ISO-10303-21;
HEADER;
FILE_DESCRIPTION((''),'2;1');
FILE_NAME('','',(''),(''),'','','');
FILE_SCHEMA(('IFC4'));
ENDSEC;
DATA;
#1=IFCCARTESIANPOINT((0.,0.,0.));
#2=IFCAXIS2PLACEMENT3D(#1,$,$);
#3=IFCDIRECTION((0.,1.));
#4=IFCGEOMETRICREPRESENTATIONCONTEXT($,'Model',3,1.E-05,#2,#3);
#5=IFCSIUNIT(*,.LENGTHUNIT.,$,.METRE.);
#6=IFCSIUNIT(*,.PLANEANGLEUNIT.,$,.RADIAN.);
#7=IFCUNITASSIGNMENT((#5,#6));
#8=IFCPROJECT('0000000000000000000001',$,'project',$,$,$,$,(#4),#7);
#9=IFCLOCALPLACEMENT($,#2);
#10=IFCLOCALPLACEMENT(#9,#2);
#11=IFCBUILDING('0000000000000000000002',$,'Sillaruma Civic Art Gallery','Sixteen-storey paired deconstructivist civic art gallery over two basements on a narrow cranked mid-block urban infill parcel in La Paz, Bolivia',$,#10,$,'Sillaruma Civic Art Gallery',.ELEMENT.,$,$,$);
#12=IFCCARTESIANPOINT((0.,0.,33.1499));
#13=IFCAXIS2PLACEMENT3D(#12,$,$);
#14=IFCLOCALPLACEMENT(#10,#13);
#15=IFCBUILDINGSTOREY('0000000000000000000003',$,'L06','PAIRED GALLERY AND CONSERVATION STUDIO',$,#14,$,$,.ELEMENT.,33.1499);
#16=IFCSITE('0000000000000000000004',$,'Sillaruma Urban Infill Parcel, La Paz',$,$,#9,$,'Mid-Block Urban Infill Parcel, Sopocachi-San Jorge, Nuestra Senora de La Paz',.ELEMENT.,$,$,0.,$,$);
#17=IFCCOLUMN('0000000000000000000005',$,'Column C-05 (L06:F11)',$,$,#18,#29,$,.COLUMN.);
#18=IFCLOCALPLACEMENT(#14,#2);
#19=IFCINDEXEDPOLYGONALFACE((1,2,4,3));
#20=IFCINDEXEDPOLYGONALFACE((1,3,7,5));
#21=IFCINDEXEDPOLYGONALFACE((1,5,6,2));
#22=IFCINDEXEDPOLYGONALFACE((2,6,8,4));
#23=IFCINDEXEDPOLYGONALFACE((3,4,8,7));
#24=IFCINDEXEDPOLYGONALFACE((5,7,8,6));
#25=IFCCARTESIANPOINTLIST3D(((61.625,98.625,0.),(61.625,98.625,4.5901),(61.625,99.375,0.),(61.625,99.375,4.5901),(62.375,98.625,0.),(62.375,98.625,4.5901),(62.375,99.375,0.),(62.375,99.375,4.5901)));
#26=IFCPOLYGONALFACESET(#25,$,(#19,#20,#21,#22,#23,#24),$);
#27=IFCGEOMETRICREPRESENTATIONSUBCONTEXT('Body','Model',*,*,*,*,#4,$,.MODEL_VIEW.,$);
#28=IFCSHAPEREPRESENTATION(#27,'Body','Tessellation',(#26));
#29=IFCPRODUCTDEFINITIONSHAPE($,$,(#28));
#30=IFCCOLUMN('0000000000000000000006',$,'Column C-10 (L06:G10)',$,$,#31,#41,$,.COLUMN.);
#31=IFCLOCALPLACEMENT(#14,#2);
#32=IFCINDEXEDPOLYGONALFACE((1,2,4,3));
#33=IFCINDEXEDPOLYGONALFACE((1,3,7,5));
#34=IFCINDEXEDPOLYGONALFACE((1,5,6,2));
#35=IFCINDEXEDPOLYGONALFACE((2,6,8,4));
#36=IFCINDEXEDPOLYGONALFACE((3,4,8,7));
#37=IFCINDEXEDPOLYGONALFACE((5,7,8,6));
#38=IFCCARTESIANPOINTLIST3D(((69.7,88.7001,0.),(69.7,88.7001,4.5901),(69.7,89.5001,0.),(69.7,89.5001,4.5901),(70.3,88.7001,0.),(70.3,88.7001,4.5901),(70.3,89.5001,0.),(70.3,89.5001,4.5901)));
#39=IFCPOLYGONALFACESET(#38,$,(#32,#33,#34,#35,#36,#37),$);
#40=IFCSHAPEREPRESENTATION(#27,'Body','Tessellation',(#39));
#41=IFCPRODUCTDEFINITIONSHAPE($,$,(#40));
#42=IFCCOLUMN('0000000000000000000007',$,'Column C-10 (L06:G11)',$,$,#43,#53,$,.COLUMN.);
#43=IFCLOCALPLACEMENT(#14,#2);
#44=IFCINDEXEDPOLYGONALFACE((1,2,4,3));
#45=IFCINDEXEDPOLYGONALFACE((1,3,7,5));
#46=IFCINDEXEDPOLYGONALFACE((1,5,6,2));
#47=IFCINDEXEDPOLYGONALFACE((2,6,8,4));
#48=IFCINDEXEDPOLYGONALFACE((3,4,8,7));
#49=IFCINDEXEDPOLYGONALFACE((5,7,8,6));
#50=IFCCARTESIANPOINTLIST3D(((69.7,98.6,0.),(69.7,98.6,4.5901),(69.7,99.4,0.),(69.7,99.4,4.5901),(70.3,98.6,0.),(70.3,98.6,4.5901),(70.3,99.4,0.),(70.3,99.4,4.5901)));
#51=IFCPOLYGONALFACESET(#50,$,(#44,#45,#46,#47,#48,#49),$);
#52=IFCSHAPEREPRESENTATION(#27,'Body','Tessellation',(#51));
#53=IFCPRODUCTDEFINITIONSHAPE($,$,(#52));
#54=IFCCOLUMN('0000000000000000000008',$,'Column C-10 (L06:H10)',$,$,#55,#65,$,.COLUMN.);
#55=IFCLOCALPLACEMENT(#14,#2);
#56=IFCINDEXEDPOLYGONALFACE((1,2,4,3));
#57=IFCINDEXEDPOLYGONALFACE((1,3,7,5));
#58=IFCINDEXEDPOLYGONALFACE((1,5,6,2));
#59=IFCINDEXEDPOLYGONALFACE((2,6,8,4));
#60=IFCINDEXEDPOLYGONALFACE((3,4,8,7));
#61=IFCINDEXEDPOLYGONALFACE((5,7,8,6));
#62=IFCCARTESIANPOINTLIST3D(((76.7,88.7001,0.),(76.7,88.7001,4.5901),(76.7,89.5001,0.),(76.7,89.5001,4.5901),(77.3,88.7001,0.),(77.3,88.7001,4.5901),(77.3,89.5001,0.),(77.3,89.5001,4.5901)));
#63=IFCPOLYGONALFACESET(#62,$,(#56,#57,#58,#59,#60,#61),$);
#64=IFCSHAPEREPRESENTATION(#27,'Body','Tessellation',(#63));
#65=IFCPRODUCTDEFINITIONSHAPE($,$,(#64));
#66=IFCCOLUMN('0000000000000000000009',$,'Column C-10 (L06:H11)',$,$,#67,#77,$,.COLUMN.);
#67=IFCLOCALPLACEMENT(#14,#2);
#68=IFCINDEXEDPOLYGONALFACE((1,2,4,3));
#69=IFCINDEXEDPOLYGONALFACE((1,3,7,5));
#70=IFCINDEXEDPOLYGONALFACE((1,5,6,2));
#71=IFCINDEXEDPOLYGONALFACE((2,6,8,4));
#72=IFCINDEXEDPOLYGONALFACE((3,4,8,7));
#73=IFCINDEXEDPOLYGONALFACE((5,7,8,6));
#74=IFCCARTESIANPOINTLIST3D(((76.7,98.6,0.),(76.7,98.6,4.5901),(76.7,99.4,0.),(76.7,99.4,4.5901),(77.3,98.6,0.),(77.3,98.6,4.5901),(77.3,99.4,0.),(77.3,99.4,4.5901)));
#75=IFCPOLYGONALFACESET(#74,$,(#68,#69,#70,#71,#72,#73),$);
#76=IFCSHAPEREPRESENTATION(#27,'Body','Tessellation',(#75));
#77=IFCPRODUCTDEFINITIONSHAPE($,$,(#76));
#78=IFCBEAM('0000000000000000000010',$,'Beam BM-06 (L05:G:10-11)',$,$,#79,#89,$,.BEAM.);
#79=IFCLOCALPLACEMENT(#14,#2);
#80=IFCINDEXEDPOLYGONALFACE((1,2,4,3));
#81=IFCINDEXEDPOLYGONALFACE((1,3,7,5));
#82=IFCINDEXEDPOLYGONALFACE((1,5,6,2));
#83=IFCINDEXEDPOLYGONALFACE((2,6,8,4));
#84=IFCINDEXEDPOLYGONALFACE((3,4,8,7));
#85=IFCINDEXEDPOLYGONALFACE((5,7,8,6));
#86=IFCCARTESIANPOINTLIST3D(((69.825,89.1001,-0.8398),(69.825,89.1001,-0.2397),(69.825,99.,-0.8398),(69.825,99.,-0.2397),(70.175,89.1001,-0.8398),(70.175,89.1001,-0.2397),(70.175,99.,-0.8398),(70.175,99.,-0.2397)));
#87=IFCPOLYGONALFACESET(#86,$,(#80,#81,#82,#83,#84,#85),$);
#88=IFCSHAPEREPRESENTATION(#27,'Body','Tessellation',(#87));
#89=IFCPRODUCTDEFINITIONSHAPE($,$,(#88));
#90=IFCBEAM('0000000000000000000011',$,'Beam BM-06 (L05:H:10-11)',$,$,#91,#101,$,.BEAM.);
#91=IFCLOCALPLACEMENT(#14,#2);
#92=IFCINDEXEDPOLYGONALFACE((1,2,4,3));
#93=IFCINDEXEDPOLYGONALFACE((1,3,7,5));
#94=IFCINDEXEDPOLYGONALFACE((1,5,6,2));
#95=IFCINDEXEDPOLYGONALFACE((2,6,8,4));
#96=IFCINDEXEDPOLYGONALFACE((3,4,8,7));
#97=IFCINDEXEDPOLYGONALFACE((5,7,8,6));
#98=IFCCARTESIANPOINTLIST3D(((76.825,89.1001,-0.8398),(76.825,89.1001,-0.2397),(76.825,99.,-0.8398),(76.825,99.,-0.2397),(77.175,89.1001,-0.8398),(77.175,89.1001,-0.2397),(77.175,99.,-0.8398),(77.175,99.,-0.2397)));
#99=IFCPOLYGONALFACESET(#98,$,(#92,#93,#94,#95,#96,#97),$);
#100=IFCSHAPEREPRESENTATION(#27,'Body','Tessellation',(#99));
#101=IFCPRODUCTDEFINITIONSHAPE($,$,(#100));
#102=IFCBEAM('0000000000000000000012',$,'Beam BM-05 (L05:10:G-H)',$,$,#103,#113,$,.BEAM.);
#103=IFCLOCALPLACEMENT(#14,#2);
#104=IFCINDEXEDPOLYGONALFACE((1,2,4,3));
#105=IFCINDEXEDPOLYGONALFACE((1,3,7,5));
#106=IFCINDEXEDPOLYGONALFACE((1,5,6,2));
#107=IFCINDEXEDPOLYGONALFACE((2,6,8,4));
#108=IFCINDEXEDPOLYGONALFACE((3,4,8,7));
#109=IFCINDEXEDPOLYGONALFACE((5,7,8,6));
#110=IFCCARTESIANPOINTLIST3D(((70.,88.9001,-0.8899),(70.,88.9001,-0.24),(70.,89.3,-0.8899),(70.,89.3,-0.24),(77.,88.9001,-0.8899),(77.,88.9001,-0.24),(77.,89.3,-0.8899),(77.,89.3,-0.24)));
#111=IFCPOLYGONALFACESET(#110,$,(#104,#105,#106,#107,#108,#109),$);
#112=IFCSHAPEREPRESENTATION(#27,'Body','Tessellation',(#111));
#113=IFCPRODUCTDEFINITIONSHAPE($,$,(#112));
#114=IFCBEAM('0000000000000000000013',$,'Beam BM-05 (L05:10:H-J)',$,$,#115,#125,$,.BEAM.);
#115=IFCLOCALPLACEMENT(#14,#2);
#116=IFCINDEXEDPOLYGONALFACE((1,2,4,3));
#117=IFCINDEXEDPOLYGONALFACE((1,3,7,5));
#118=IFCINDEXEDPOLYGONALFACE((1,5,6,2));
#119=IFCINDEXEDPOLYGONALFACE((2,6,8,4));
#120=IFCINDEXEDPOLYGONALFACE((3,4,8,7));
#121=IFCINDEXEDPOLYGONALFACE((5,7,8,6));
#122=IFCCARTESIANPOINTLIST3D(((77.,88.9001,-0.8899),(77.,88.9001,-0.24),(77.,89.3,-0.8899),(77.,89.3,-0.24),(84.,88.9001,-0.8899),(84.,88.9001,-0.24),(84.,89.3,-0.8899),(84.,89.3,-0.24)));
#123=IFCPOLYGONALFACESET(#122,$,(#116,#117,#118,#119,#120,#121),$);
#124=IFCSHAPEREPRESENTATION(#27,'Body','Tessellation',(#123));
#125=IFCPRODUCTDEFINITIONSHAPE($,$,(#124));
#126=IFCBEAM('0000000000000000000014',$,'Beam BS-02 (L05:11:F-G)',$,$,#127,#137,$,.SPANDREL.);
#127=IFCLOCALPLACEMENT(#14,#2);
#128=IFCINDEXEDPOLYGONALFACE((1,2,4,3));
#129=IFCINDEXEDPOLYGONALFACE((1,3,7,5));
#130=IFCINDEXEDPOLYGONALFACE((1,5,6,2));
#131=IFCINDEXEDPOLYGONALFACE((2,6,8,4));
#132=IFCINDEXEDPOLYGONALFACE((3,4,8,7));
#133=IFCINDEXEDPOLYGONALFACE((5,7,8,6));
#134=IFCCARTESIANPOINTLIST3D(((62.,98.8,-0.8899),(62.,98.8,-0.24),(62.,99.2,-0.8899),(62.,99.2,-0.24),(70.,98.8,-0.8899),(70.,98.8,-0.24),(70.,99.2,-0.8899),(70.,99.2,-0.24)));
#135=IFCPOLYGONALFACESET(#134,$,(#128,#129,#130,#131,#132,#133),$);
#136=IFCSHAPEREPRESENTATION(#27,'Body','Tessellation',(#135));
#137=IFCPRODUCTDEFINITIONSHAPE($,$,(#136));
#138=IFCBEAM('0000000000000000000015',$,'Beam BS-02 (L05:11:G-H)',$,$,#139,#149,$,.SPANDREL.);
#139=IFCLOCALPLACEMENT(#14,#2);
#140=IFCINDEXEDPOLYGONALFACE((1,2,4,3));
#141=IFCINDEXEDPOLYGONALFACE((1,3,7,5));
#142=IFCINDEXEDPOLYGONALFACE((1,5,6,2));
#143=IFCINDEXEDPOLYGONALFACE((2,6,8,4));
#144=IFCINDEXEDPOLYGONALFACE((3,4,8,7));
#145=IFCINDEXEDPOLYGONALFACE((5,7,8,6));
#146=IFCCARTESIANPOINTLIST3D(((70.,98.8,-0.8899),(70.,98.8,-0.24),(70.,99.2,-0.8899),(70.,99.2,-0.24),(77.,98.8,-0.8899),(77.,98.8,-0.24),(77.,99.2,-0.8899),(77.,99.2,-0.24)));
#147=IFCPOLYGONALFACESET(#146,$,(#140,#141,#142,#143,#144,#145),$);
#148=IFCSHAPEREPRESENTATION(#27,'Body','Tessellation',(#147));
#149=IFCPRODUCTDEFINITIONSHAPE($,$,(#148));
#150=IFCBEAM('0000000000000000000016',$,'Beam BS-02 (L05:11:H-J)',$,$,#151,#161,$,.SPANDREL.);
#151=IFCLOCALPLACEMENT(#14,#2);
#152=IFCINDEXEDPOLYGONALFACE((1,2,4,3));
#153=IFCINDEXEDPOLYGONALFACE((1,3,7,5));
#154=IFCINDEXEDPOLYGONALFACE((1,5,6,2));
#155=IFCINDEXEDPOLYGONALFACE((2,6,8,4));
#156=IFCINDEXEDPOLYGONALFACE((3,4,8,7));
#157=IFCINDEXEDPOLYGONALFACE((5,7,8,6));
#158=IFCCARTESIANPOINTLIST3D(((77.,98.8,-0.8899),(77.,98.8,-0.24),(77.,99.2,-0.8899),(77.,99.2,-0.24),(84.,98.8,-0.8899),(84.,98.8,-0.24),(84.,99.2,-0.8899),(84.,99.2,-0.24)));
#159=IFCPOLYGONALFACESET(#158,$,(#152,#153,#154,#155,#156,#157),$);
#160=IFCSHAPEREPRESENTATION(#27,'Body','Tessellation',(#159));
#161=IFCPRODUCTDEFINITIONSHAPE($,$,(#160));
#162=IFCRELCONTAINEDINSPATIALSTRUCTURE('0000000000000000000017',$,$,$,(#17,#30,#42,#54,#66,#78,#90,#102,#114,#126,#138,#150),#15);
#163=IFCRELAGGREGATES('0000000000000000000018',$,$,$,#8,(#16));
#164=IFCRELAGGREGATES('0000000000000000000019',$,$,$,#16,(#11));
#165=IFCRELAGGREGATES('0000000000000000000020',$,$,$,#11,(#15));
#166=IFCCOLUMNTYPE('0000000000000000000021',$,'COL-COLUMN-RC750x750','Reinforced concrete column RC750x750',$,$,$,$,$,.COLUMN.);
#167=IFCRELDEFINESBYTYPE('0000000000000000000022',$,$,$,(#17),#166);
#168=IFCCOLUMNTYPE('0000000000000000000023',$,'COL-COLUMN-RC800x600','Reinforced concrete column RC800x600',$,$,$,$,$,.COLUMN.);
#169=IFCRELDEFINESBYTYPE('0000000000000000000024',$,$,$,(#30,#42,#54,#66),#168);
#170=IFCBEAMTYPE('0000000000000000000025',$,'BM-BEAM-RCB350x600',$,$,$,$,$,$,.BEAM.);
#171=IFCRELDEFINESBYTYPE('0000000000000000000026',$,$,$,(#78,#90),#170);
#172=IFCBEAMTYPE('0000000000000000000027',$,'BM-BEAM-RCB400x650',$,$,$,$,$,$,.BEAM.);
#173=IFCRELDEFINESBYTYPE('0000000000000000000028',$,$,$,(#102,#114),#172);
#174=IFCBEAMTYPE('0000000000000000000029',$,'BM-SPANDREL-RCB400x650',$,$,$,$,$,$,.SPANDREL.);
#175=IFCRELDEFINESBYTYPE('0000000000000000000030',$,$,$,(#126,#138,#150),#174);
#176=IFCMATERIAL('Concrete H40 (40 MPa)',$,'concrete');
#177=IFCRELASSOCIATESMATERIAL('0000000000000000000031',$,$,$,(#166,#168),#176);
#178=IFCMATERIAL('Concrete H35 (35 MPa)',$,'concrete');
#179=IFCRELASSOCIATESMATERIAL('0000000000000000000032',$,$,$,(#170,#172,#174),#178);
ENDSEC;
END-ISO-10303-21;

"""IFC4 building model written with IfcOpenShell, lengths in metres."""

from ifc_helpers import new_model, si_unit, direction, frame, origin, origin_2d, place, context, subcontext, project, spatial, rectangle, extrude, material, material_profile, profile_set, type_object, element, save


model = new_model("IFC4")

# Units and contexts
model_context = context("Model", 3, precision=1e-05, world=origin(), true_north=direction((0.0, 1.0)))
body_context = subcontext(model_context, "Body", "Model", "MODEL_VIEW")
ifc_project = project(units=[si_unit("LENGTHUNIT", "METRE"), si_unit("PLANEANGLEUNIT", "RADIAN")], contexts=[model_context])

# Site, building, storey
site_placement = place(None, origin())
site = spatial("IfcSite", under=ifc_project, at=site_placement, Name="Sillaruma Urban Infill Parcel, La Paz", LongName="Mid-Block Urban Infill Parcel, Sopocachi-San Jorge, Nuestra Senora de La Paz", CompositionType="ELEMENT", RefElevation=0.0)
building_placement = place(site_placement, origin())
building = spatial("IfcBuilding", under=site, at=building_placement, Name="Sillaruma Civic Art Gallery", Description="Sixteen-storey paired deconstructivist civic art gallery over two basements on a narrow cranked mid-block urban infill parcel in La Paz, Bolivia", LongName="Sillaruma Civic Art Gallery", CompositionType="ELEMENT")
storey_placement = place(building_placement, frame((0.0, 0.0, 33.1499)))
storey = spatial("IfcBuildingStorey", under=building, at=storey_placement, Name="L06", Description="PAIRED GALLERY AND CONSERVATION STUDIO", CompositionType="ELEMENT", Elevation=33.1499)

# Columns
ifc_material_1 = material(Name="Concrete H40 (40 MPa)", Category="concrete")
ifc_material_profile_1 = material_profile(ifc_material_1, rectangle(XDim=0.75, YDim=0.75, at=origin_2d()), Name="RC750x750")
ifc_profile_set_1 = profile_set([ifc_material_profile_1], Name="Concrete H40 (40 MPa)")
column_type_1 = type_object("IfcColumnType", Name="COL-COLUMN-RC750x750", Description="Reinforced concrete column RC750x750", PredefinedType="COLUMN", material=ifc_profile_set_1)
column_placement = place(storey_placement, frame((62.0, 99.0, 0.0), z_axis=(0.0, 0.0, 1.0), x_axis=(1.0, 0.0, 0.0)))
element("IfcColumn", 1, at=column_placement, inside=storey, type_object=column_type_1, Name="Column C-05 (L06:F11)", PredefinedType="COLUMN", context=body_context, shape_type="SweptSolid", body=[
    extrude(rectangle(XDim=0.75, YDim=0.75, at=origin_2d()), origin(), (0.0, 0.0, 1.0), 4.5901),
])
ifc_material_profile_2 = material_profile(ifc_material_1, rectangle(XDim=0.6001, YDim=0.8, at=origin_2d()), Name="RC800x600")
ifc_profile_set_2 = profile_set([ifc_material_profile_2], Name="Concrete H40 (40 MPa)")
column_type_2 = type_object("IfcColumnType", Name="COL-COLUMN-RC800x600", Description="Reinforced concrete column RC800x600", PredefinedType="COLUMN", material=ifc_profile_set_2)
for number, where, z_axis, x_axis, name in (
    (2, (70.0, 89.1001, 0.0), (0.0, 0.0, 1.0), (1.0, 0.0, 0.0), "Column C-10 (L06:G10)"),
    (3, (70.0, 99.0, 0.0), (0.0, 0.0, 1.0), (1.0, 0.0, 0.0), "Column C-10 (L06:G11)"),
    (4, (77.0, 89.1001, 0.0), (0.0, 0.0, 1.0), (1.0, 0.0, 0.0), "Column C-10 (L06:H10)"),
    (5, (77.0, 99.0, 0.0), (0.0, 0.0, 1.0), (1.0, 0.0, 0.0), "Column C-10 (L06:H11)"),
):
    element("IfcColumn", number, at=place(storey_placement, frame(where, z_axis=z_axis, x_axis=x_axis)), inside=storey, type_object=column_type_2, Name=name, PredefinedType="COLUMN", context=body_context, shape_type="SweptSolid", body=[
        extrude(rectangle(XDim=0.6001, YDim=0.8, at=origin_2d()), origin(), (0.0, 0.0, 1.0), 4.5901),
    ])

# Beams
ifc_material_2 = material(Name="Concrete H35 (35 MPa)", Category="concrete")
ifc_material_profile_3 = material_profile(ifc_material_2, rectangle(XDim=0.3501, YDim=0.6001, at=origin_2d()), Name="RCB350x600")
ifc_profile_set_3 = profile_set([ifc_material_profile_3], Name="Concrete H35 (35 MPa)")
beam_type_1 = type_object("IfcBeamType", Name="BM-BEAM-RCB350x600", PredefinedType="BEAM", material=ifc_profile_set_3)
for number, where, z_axis, x_axis, name in (
    (6, (70.0, 89.1001, -0.5398), (0.0, 1.0, 0.0), (-1.0, 0.0, 0.0), "Beam BM-06 (L05:G:10-11)"),
    (7, (77.0, 89.1001, -0.5398), (0.0, 1.0, 0.0), (-1.0, 0.0, 0.0), "Beam BM-06 (L05:H:10-11)"),
):
    element("IfcBeam", number, at=place(storey_placement, frame(where, z_axis=z_axis, x_axis=x_axis)), inside=storey, type_object=beam_type_1, Name=name, PredefinedType="BEAM", context=body_context, shape_type="SweptSolid", body=[
        extrude(rectangle(XDim=0.3501, YDim=0.6001, at=origin_2d()), origin(), (0.0, 0.0, 1.0), 9.8999),
    ])
ifc_material_profile_4 = material_profile(ifc_material_2, rectangle(XDim=0.3999, YDim=0.6499, at=origin_2d()), Name="RCB400x650")
ifc_profile_set_4 = profile_set([ifc_material_profile_4], Name="Concrete H35 (35 MPa)")
beam_type_2 = type_object("IfcBeamType", Name="BM-BEAM-RCB400x650", PredefinedType="BEAM", material=ifc_profile_set_4)
for number, where, z_axis, x_axis, name in (
    (8, (70.0, 89.1001, -0.5649), (1.0, 0.0, 0.0), (0.0, 1.0, 0.0), "Beam BM-05 (L05:10:G-H)"),
    (9, (77.0, 89.1001, -0.5649), (1.0, 0.0, 0.0), (0.0, 1.0, 0.0), "Beam BM-05 (L05:10:H-J)"),
):
    element("IfcBeam", number, at=place(storey_placement, frame(where, z_axis=z_axis, x_axis=x_axis)), inside=storey, type_object=beam_type_2, Name=name, PredefinedType="BEAM", context=body_context, shape_type="SweptSolid", body=[
        extrude(rectangle(XDim=0.3999, YDim=0.6499, at=origin_2d()), origin(), (0.0, 0.0, 1.0), 7.0),
    ])
ifc_material_profile_5 = material_profile(ifc_material_2, rectangle(XDim=0.3999, YDim=0.6499, at=origin_2d()), Name="RCB400x650")
ifc_profile_set_5 = profile_set([ifc_material_profile_5], Name="Concrete H35 (35 MPa)")
beam_type_3 = type_object("IfcBeamType", Name="BM-SPANDREL-RCB400x650", PredefinedType="SPANDREL", material=ifc_profile_set_5)
beam_placement = place(storey_placement, frame((62.0, 99.0, -0.5649), z_axis=(1.0, 0.0, 0.0), x_axis=(0.0, 1.0, 0.0)))
element("IfcBeam", 10, at=beam_placement, inside=storey, type_object=beam_type_3, Name="Beam BS-02 (L05:11:F-G)", PredefinedType="SPANDREL", context=body_context, shape_type="SweptSolid", body=[
    extrude(rectangle(XDim=0.3999, YDim=0.6499, at=origin_2d()), origin(), (0.0, 0.0, 1.0), 8.0),
])
for number, where, z_axis, x_axis, name in (
    (11, (70.0, 99.0, -0.5649), (1.0, 0.0, 0.0), (0.0, 1.0, 0.0), "Beam BS-02 (L05:11:G-H)"),
    (12, (77.0, 99.0, -0.5649), (1.0, 0.0, 0.0), (0.0, 1.0, 0.0), "Beam BS-02 (L05:11:H-J)"),
):
    element("IfcBeam", number, at=place(storey_placement, frame(where, z_axis=z_axis, x_axis=x_axis)), inside=storey, type_object=beam_type_3, Name=name, PredefinedType="SPANDREL", context=body_context, shape_type="SweptSolid", body=[
        extrude(rectangle(XDim=0.3999, YDim=0.6499, at=origin_2d()), origin(), (0.0, 0.0, 1.0), 7.0),
    ])

save(model, "model.ifc")
